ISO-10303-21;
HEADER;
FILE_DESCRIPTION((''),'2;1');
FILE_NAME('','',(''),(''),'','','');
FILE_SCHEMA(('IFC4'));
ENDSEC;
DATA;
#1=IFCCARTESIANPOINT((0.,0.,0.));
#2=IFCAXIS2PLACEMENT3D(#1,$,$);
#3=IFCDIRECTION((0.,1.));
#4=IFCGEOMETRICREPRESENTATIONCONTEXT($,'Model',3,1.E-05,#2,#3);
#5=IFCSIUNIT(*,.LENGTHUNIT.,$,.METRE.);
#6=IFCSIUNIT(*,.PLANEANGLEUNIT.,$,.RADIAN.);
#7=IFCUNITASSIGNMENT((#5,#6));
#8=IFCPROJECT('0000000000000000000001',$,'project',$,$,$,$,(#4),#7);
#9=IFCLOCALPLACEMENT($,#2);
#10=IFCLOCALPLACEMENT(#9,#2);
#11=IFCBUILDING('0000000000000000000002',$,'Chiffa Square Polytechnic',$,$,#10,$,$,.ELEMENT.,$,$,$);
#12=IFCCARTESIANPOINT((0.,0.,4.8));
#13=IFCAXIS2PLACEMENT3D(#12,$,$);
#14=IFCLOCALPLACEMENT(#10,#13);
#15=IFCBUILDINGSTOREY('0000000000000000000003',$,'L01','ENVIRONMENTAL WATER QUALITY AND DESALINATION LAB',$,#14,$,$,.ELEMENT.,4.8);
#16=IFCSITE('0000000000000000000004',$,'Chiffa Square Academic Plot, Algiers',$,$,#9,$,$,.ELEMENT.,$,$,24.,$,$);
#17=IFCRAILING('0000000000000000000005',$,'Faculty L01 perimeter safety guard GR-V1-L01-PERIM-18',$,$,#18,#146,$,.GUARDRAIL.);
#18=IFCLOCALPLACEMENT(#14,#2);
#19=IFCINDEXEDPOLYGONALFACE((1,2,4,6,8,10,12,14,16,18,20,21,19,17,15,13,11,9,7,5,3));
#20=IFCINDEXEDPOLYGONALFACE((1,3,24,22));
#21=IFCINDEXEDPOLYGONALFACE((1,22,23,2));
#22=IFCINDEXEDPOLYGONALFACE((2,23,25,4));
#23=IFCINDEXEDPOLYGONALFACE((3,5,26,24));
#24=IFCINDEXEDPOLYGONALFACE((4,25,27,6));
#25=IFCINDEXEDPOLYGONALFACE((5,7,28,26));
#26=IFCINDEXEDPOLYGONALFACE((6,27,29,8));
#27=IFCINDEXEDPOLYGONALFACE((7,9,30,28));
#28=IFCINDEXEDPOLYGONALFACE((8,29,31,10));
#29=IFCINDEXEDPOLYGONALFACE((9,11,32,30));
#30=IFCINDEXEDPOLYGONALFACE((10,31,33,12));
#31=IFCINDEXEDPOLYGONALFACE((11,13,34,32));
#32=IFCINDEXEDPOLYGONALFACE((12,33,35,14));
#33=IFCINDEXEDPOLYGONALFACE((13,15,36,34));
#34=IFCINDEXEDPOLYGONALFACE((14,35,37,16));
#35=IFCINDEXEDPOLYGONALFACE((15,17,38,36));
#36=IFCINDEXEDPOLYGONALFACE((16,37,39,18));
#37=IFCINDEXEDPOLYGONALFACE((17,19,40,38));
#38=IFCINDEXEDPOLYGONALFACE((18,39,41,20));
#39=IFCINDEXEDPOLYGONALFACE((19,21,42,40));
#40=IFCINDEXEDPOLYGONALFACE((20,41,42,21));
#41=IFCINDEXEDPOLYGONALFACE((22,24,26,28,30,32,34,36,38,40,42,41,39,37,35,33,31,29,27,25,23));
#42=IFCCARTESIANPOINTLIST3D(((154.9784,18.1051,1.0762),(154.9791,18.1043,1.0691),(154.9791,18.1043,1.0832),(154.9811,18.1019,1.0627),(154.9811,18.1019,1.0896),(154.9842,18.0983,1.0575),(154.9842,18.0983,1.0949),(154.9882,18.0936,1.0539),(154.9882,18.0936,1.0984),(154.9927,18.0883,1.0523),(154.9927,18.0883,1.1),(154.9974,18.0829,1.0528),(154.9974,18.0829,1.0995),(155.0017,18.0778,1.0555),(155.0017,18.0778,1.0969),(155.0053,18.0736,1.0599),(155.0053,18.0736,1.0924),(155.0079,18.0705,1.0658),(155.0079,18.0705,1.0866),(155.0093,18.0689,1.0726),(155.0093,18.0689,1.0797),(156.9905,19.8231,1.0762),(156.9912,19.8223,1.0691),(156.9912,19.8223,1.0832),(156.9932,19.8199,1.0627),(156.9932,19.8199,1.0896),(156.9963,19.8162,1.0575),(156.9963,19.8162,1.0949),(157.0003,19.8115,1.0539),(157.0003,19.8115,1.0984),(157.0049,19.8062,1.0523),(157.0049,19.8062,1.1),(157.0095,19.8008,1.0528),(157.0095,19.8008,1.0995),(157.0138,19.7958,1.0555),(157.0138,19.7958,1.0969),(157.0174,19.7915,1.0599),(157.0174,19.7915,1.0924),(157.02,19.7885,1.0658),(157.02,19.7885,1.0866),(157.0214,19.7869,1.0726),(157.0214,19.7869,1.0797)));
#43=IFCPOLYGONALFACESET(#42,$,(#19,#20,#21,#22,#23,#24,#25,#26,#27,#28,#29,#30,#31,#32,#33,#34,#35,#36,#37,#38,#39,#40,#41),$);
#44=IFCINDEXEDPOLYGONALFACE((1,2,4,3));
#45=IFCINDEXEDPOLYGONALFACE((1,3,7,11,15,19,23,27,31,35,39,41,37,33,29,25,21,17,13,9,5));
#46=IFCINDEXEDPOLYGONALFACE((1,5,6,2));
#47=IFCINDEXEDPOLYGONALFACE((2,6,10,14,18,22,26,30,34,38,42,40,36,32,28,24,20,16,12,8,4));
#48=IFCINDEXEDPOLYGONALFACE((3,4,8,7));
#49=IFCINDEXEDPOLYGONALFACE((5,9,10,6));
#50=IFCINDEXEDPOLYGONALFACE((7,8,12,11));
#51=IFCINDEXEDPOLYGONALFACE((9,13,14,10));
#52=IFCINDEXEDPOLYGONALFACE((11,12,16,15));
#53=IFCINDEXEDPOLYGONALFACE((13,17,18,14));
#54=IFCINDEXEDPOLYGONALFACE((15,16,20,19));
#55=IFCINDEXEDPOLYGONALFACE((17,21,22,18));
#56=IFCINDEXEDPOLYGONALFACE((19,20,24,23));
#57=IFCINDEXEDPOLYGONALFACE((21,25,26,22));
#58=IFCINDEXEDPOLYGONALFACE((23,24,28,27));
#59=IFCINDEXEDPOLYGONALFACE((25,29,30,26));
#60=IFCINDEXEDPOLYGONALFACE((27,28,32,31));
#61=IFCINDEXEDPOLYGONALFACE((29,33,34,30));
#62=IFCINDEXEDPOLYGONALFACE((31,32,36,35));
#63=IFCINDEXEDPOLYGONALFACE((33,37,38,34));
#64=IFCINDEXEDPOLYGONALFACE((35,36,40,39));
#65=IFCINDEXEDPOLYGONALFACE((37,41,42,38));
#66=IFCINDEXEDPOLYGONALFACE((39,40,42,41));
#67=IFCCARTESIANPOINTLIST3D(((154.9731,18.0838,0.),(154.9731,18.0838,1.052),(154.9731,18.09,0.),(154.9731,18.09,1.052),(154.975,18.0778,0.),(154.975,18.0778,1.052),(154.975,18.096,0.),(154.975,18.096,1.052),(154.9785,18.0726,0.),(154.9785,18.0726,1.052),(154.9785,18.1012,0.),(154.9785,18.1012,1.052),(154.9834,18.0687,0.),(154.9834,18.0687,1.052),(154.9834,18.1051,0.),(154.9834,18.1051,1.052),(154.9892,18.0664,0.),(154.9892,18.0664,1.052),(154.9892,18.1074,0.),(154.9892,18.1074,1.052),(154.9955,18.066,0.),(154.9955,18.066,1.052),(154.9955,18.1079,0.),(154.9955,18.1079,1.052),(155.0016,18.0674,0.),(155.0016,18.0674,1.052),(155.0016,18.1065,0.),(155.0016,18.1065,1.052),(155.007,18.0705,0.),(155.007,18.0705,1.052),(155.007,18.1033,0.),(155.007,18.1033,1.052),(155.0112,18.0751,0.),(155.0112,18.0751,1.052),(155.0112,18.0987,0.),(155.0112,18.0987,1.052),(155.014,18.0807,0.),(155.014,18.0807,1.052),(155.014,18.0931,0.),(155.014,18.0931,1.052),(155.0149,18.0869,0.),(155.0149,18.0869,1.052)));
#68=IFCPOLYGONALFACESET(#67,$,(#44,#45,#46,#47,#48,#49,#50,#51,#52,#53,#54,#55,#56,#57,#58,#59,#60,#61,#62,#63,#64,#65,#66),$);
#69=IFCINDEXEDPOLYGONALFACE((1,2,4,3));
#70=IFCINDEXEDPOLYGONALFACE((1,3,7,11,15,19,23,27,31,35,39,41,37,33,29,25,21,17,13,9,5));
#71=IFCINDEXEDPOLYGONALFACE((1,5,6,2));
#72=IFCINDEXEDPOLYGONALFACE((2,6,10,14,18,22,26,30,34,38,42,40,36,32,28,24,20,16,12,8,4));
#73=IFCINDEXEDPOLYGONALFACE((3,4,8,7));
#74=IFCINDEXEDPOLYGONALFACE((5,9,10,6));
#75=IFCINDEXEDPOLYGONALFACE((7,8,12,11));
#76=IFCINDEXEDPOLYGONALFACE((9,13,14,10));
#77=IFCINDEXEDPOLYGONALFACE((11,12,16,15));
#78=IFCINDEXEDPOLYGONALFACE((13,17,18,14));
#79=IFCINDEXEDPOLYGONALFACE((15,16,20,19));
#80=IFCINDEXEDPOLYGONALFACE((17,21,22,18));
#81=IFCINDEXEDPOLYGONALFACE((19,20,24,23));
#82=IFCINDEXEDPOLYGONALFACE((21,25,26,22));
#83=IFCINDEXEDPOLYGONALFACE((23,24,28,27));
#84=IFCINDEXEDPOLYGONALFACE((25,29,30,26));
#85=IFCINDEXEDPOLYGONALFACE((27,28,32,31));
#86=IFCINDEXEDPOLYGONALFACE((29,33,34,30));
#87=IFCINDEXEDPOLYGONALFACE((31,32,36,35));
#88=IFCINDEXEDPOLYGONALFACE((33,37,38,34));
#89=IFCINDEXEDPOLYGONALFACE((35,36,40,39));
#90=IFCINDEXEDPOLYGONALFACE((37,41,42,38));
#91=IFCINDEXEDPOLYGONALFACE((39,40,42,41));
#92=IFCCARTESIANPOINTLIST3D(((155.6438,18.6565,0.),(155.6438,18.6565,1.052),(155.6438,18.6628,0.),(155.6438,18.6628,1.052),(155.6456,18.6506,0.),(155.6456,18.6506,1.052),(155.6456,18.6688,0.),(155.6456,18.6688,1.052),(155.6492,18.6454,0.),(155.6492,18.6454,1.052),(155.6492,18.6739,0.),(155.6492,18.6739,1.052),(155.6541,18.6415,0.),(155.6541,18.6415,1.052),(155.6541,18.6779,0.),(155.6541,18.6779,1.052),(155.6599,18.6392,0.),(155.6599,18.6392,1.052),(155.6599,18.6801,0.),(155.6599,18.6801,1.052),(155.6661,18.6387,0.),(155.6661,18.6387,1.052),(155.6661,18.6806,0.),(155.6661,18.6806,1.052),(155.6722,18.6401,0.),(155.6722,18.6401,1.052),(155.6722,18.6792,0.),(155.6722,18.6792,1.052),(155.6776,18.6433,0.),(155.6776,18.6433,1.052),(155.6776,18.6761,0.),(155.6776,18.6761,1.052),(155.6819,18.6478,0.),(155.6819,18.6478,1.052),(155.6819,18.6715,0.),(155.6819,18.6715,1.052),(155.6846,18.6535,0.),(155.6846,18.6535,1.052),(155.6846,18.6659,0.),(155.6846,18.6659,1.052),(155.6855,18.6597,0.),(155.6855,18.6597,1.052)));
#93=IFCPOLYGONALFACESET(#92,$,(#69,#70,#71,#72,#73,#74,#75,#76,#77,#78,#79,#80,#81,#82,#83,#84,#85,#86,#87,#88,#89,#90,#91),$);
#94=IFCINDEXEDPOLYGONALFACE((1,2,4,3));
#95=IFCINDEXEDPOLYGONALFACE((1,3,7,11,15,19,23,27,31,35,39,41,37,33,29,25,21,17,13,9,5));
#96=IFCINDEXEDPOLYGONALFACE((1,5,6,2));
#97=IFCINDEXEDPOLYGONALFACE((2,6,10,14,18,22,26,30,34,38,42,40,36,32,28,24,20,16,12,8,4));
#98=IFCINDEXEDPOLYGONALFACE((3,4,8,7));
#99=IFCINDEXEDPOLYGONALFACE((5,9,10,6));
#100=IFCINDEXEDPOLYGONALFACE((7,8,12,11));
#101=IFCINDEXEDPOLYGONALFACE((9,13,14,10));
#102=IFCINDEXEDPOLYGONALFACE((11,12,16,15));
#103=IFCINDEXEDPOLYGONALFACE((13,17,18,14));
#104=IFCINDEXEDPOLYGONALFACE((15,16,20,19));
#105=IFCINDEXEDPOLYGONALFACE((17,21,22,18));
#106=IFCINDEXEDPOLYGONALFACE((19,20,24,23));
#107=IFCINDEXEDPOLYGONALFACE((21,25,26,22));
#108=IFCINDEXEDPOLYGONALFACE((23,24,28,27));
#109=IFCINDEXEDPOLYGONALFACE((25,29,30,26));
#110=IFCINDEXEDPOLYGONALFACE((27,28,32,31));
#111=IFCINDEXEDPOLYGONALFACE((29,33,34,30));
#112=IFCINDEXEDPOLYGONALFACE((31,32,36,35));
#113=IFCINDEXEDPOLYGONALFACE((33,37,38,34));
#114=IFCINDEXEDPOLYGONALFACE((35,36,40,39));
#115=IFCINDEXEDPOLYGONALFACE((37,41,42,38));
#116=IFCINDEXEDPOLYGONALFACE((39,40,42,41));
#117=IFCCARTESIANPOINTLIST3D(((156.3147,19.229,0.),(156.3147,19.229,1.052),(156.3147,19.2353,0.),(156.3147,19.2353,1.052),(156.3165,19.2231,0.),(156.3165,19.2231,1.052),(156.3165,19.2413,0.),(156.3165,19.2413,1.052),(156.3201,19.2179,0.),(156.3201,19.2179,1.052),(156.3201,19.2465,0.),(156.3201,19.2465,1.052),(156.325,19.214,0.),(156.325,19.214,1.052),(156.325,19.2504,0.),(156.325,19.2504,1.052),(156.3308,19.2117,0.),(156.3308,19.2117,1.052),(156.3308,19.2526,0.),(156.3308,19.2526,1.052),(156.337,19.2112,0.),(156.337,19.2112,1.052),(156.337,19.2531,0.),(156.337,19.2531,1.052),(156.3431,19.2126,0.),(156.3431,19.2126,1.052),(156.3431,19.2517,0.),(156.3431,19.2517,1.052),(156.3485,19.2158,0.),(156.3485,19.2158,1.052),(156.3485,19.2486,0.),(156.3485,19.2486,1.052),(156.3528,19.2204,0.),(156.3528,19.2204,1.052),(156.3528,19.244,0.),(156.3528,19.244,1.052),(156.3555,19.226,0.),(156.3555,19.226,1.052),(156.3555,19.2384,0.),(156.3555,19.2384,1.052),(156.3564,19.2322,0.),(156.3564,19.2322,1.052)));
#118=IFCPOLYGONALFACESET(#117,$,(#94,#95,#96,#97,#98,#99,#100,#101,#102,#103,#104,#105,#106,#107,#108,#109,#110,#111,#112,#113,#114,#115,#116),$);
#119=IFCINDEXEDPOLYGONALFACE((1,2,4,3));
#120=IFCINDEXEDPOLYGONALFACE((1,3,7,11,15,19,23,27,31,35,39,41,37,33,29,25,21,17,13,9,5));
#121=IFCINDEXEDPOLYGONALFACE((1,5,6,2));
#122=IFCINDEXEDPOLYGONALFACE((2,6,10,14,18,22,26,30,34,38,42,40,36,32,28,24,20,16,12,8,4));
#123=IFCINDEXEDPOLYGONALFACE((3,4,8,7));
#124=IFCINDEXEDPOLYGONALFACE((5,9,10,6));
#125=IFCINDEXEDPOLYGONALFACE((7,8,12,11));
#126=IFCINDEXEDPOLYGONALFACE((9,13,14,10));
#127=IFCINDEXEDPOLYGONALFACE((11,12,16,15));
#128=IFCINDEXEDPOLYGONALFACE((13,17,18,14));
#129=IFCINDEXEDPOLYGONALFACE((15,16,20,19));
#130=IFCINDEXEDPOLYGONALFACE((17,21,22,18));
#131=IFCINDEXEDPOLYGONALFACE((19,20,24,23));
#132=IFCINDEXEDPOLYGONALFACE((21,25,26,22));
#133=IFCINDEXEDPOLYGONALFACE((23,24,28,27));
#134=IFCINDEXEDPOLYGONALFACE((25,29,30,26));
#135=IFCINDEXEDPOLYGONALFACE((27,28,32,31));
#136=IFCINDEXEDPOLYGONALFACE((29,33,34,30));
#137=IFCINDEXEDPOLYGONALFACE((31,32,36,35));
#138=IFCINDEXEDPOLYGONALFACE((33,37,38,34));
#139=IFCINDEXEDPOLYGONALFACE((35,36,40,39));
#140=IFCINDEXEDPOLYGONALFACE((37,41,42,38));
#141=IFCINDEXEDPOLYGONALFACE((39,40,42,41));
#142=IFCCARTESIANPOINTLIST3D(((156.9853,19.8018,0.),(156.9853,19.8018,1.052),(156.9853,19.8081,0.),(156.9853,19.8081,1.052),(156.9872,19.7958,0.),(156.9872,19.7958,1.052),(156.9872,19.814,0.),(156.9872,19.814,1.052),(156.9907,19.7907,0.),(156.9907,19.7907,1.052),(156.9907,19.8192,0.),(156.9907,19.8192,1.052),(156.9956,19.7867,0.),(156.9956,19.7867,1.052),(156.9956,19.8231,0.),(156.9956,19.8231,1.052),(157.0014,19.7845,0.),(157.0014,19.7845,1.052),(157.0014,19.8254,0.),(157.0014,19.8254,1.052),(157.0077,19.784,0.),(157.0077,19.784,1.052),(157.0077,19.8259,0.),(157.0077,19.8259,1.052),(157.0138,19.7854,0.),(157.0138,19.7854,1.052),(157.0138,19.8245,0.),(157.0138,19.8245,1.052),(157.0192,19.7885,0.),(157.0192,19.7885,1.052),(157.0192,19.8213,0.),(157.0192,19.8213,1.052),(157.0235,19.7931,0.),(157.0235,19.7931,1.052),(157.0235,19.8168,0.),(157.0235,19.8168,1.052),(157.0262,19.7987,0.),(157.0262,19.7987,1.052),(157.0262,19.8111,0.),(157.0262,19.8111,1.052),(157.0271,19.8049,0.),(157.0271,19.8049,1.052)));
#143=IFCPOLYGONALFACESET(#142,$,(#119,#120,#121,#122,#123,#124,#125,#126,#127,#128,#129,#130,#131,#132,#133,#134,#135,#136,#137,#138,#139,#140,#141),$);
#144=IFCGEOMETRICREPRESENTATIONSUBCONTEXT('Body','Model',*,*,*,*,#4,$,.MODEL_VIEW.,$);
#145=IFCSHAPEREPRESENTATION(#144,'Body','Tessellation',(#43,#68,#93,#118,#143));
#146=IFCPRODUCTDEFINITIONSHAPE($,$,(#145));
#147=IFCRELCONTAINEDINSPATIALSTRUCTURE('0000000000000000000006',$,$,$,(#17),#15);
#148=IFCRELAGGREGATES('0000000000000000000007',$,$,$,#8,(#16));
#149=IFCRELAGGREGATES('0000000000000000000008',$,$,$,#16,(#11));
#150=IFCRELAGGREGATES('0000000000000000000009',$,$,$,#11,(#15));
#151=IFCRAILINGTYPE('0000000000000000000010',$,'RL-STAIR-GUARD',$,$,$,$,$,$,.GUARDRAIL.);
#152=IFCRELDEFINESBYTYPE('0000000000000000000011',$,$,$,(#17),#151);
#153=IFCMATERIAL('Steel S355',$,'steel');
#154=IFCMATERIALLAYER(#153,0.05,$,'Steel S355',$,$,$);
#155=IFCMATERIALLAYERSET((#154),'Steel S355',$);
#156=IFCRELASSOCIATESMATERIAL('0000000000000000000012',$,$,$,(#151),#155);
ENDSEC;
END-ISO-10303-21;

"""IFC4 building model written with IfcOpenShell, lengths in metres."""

from ifc_helpers import new_model, si_unit, direction, frame, origin, origin_2d, place, context, subcontext, project, spatial, circle, extrude, material, layer, layer_set, type_object, element, save


model = new_model("IFC4")

# Units and contexts
model_context = context("Model", 3, precision=1e-05, world=origin(), true_north=direction((0.0, 1.0)))
body_context = subcontext(model_context, "Body", "Model", "MODEL_VIEW")
ifc_project = project(units=[si_unit("LENGTHUNIT", "METRE"), si_unit("PLANEANGLEUNIT", "RADIAN")], contexts=[model_context])

# Site, building, storey
site_placement = place(None, origin())
site = spatial("IfcSite", under=ifc_project, at=site_placement, Name="Chiffa Square Academic Plot, Algiers", CompositionType="ELEMENT", RefElevation=24.0)
building_placement = place(site_placement, origin())
building = spatial("IfcBuilding", under=site, at=building_placement, Name="Chiffa Square Polytechnic", CompositionType="ELEMENT")
storey_placement = place(building_placement, frame((0.0, 0.0, 4.8)))
storey = spatial("IfcBuildingStorey", under=building, at=storey_placement, Name="L01", Description="ENVIRONMENTAL WATER QUALITY AND DESALINATION LAB", CompositionType="ELEMENT", Elevation=4.8)

# Railing
ifc_material_1 = material(Name="Steel S355", Category="steel")
ifc_layer_1 = layer(ifc_material_1, 0.05, Name="Steel S355")
ifc_layer_set_1 = layer_set([ifc_layer_1], Name="Steel S355")
railing_type = type_object("IfcRailingType", Name="RL-STAIR-GUARD", PredefinedType="GUARDRAIL", material=ifc_layer_set_1)
railing_1_placement = place(storey_placement, frame((154.9939, 18.0869, 0.0)))
element("IfcRailing", 1, at=railing_1_placement, inside=storey, type_object=railing_type, Name="Faculty L01 perimeter safety guard GR-V1-L01-PERIM-18", PredefinedType="GUARDRAIL", context=body_context, shape_type="SweptSolid", body=[
    extrude(circle(Radius=0.0239, at=origin_2d()), frame((0.0, 0.0, 1.0762), z_axis=(0.760512, 0.649324, 0.0), x_axis=(-0.649324, 0.760512, 0.0)), (0.0, 0.0, 1.0), 2.6458),
    extrude(circle(Radius=0.021, at=origin_2d()), origin(), (0.0, 0.0, 1.0), 1.052),
    extrude(circle(Radius=0.021, at=origin_2d()), frame((0.6707, 0.5728, 0.0)), (0.0, 0.0, 1.0), 1.052),
    extrude(circle(Radius=0.021, at=origin_2d()), frame((1.3416, 1.1453, 0.0)), (0.0, 0.0, 1.0), 1.052),
    extrude(circle(Radius=0.021, at=origin_2d()), frame((2.0122, 1.718, 0.0)), (0.0, 0.0, 1.0), 1.052),
])

save(model, "model.ifc")
